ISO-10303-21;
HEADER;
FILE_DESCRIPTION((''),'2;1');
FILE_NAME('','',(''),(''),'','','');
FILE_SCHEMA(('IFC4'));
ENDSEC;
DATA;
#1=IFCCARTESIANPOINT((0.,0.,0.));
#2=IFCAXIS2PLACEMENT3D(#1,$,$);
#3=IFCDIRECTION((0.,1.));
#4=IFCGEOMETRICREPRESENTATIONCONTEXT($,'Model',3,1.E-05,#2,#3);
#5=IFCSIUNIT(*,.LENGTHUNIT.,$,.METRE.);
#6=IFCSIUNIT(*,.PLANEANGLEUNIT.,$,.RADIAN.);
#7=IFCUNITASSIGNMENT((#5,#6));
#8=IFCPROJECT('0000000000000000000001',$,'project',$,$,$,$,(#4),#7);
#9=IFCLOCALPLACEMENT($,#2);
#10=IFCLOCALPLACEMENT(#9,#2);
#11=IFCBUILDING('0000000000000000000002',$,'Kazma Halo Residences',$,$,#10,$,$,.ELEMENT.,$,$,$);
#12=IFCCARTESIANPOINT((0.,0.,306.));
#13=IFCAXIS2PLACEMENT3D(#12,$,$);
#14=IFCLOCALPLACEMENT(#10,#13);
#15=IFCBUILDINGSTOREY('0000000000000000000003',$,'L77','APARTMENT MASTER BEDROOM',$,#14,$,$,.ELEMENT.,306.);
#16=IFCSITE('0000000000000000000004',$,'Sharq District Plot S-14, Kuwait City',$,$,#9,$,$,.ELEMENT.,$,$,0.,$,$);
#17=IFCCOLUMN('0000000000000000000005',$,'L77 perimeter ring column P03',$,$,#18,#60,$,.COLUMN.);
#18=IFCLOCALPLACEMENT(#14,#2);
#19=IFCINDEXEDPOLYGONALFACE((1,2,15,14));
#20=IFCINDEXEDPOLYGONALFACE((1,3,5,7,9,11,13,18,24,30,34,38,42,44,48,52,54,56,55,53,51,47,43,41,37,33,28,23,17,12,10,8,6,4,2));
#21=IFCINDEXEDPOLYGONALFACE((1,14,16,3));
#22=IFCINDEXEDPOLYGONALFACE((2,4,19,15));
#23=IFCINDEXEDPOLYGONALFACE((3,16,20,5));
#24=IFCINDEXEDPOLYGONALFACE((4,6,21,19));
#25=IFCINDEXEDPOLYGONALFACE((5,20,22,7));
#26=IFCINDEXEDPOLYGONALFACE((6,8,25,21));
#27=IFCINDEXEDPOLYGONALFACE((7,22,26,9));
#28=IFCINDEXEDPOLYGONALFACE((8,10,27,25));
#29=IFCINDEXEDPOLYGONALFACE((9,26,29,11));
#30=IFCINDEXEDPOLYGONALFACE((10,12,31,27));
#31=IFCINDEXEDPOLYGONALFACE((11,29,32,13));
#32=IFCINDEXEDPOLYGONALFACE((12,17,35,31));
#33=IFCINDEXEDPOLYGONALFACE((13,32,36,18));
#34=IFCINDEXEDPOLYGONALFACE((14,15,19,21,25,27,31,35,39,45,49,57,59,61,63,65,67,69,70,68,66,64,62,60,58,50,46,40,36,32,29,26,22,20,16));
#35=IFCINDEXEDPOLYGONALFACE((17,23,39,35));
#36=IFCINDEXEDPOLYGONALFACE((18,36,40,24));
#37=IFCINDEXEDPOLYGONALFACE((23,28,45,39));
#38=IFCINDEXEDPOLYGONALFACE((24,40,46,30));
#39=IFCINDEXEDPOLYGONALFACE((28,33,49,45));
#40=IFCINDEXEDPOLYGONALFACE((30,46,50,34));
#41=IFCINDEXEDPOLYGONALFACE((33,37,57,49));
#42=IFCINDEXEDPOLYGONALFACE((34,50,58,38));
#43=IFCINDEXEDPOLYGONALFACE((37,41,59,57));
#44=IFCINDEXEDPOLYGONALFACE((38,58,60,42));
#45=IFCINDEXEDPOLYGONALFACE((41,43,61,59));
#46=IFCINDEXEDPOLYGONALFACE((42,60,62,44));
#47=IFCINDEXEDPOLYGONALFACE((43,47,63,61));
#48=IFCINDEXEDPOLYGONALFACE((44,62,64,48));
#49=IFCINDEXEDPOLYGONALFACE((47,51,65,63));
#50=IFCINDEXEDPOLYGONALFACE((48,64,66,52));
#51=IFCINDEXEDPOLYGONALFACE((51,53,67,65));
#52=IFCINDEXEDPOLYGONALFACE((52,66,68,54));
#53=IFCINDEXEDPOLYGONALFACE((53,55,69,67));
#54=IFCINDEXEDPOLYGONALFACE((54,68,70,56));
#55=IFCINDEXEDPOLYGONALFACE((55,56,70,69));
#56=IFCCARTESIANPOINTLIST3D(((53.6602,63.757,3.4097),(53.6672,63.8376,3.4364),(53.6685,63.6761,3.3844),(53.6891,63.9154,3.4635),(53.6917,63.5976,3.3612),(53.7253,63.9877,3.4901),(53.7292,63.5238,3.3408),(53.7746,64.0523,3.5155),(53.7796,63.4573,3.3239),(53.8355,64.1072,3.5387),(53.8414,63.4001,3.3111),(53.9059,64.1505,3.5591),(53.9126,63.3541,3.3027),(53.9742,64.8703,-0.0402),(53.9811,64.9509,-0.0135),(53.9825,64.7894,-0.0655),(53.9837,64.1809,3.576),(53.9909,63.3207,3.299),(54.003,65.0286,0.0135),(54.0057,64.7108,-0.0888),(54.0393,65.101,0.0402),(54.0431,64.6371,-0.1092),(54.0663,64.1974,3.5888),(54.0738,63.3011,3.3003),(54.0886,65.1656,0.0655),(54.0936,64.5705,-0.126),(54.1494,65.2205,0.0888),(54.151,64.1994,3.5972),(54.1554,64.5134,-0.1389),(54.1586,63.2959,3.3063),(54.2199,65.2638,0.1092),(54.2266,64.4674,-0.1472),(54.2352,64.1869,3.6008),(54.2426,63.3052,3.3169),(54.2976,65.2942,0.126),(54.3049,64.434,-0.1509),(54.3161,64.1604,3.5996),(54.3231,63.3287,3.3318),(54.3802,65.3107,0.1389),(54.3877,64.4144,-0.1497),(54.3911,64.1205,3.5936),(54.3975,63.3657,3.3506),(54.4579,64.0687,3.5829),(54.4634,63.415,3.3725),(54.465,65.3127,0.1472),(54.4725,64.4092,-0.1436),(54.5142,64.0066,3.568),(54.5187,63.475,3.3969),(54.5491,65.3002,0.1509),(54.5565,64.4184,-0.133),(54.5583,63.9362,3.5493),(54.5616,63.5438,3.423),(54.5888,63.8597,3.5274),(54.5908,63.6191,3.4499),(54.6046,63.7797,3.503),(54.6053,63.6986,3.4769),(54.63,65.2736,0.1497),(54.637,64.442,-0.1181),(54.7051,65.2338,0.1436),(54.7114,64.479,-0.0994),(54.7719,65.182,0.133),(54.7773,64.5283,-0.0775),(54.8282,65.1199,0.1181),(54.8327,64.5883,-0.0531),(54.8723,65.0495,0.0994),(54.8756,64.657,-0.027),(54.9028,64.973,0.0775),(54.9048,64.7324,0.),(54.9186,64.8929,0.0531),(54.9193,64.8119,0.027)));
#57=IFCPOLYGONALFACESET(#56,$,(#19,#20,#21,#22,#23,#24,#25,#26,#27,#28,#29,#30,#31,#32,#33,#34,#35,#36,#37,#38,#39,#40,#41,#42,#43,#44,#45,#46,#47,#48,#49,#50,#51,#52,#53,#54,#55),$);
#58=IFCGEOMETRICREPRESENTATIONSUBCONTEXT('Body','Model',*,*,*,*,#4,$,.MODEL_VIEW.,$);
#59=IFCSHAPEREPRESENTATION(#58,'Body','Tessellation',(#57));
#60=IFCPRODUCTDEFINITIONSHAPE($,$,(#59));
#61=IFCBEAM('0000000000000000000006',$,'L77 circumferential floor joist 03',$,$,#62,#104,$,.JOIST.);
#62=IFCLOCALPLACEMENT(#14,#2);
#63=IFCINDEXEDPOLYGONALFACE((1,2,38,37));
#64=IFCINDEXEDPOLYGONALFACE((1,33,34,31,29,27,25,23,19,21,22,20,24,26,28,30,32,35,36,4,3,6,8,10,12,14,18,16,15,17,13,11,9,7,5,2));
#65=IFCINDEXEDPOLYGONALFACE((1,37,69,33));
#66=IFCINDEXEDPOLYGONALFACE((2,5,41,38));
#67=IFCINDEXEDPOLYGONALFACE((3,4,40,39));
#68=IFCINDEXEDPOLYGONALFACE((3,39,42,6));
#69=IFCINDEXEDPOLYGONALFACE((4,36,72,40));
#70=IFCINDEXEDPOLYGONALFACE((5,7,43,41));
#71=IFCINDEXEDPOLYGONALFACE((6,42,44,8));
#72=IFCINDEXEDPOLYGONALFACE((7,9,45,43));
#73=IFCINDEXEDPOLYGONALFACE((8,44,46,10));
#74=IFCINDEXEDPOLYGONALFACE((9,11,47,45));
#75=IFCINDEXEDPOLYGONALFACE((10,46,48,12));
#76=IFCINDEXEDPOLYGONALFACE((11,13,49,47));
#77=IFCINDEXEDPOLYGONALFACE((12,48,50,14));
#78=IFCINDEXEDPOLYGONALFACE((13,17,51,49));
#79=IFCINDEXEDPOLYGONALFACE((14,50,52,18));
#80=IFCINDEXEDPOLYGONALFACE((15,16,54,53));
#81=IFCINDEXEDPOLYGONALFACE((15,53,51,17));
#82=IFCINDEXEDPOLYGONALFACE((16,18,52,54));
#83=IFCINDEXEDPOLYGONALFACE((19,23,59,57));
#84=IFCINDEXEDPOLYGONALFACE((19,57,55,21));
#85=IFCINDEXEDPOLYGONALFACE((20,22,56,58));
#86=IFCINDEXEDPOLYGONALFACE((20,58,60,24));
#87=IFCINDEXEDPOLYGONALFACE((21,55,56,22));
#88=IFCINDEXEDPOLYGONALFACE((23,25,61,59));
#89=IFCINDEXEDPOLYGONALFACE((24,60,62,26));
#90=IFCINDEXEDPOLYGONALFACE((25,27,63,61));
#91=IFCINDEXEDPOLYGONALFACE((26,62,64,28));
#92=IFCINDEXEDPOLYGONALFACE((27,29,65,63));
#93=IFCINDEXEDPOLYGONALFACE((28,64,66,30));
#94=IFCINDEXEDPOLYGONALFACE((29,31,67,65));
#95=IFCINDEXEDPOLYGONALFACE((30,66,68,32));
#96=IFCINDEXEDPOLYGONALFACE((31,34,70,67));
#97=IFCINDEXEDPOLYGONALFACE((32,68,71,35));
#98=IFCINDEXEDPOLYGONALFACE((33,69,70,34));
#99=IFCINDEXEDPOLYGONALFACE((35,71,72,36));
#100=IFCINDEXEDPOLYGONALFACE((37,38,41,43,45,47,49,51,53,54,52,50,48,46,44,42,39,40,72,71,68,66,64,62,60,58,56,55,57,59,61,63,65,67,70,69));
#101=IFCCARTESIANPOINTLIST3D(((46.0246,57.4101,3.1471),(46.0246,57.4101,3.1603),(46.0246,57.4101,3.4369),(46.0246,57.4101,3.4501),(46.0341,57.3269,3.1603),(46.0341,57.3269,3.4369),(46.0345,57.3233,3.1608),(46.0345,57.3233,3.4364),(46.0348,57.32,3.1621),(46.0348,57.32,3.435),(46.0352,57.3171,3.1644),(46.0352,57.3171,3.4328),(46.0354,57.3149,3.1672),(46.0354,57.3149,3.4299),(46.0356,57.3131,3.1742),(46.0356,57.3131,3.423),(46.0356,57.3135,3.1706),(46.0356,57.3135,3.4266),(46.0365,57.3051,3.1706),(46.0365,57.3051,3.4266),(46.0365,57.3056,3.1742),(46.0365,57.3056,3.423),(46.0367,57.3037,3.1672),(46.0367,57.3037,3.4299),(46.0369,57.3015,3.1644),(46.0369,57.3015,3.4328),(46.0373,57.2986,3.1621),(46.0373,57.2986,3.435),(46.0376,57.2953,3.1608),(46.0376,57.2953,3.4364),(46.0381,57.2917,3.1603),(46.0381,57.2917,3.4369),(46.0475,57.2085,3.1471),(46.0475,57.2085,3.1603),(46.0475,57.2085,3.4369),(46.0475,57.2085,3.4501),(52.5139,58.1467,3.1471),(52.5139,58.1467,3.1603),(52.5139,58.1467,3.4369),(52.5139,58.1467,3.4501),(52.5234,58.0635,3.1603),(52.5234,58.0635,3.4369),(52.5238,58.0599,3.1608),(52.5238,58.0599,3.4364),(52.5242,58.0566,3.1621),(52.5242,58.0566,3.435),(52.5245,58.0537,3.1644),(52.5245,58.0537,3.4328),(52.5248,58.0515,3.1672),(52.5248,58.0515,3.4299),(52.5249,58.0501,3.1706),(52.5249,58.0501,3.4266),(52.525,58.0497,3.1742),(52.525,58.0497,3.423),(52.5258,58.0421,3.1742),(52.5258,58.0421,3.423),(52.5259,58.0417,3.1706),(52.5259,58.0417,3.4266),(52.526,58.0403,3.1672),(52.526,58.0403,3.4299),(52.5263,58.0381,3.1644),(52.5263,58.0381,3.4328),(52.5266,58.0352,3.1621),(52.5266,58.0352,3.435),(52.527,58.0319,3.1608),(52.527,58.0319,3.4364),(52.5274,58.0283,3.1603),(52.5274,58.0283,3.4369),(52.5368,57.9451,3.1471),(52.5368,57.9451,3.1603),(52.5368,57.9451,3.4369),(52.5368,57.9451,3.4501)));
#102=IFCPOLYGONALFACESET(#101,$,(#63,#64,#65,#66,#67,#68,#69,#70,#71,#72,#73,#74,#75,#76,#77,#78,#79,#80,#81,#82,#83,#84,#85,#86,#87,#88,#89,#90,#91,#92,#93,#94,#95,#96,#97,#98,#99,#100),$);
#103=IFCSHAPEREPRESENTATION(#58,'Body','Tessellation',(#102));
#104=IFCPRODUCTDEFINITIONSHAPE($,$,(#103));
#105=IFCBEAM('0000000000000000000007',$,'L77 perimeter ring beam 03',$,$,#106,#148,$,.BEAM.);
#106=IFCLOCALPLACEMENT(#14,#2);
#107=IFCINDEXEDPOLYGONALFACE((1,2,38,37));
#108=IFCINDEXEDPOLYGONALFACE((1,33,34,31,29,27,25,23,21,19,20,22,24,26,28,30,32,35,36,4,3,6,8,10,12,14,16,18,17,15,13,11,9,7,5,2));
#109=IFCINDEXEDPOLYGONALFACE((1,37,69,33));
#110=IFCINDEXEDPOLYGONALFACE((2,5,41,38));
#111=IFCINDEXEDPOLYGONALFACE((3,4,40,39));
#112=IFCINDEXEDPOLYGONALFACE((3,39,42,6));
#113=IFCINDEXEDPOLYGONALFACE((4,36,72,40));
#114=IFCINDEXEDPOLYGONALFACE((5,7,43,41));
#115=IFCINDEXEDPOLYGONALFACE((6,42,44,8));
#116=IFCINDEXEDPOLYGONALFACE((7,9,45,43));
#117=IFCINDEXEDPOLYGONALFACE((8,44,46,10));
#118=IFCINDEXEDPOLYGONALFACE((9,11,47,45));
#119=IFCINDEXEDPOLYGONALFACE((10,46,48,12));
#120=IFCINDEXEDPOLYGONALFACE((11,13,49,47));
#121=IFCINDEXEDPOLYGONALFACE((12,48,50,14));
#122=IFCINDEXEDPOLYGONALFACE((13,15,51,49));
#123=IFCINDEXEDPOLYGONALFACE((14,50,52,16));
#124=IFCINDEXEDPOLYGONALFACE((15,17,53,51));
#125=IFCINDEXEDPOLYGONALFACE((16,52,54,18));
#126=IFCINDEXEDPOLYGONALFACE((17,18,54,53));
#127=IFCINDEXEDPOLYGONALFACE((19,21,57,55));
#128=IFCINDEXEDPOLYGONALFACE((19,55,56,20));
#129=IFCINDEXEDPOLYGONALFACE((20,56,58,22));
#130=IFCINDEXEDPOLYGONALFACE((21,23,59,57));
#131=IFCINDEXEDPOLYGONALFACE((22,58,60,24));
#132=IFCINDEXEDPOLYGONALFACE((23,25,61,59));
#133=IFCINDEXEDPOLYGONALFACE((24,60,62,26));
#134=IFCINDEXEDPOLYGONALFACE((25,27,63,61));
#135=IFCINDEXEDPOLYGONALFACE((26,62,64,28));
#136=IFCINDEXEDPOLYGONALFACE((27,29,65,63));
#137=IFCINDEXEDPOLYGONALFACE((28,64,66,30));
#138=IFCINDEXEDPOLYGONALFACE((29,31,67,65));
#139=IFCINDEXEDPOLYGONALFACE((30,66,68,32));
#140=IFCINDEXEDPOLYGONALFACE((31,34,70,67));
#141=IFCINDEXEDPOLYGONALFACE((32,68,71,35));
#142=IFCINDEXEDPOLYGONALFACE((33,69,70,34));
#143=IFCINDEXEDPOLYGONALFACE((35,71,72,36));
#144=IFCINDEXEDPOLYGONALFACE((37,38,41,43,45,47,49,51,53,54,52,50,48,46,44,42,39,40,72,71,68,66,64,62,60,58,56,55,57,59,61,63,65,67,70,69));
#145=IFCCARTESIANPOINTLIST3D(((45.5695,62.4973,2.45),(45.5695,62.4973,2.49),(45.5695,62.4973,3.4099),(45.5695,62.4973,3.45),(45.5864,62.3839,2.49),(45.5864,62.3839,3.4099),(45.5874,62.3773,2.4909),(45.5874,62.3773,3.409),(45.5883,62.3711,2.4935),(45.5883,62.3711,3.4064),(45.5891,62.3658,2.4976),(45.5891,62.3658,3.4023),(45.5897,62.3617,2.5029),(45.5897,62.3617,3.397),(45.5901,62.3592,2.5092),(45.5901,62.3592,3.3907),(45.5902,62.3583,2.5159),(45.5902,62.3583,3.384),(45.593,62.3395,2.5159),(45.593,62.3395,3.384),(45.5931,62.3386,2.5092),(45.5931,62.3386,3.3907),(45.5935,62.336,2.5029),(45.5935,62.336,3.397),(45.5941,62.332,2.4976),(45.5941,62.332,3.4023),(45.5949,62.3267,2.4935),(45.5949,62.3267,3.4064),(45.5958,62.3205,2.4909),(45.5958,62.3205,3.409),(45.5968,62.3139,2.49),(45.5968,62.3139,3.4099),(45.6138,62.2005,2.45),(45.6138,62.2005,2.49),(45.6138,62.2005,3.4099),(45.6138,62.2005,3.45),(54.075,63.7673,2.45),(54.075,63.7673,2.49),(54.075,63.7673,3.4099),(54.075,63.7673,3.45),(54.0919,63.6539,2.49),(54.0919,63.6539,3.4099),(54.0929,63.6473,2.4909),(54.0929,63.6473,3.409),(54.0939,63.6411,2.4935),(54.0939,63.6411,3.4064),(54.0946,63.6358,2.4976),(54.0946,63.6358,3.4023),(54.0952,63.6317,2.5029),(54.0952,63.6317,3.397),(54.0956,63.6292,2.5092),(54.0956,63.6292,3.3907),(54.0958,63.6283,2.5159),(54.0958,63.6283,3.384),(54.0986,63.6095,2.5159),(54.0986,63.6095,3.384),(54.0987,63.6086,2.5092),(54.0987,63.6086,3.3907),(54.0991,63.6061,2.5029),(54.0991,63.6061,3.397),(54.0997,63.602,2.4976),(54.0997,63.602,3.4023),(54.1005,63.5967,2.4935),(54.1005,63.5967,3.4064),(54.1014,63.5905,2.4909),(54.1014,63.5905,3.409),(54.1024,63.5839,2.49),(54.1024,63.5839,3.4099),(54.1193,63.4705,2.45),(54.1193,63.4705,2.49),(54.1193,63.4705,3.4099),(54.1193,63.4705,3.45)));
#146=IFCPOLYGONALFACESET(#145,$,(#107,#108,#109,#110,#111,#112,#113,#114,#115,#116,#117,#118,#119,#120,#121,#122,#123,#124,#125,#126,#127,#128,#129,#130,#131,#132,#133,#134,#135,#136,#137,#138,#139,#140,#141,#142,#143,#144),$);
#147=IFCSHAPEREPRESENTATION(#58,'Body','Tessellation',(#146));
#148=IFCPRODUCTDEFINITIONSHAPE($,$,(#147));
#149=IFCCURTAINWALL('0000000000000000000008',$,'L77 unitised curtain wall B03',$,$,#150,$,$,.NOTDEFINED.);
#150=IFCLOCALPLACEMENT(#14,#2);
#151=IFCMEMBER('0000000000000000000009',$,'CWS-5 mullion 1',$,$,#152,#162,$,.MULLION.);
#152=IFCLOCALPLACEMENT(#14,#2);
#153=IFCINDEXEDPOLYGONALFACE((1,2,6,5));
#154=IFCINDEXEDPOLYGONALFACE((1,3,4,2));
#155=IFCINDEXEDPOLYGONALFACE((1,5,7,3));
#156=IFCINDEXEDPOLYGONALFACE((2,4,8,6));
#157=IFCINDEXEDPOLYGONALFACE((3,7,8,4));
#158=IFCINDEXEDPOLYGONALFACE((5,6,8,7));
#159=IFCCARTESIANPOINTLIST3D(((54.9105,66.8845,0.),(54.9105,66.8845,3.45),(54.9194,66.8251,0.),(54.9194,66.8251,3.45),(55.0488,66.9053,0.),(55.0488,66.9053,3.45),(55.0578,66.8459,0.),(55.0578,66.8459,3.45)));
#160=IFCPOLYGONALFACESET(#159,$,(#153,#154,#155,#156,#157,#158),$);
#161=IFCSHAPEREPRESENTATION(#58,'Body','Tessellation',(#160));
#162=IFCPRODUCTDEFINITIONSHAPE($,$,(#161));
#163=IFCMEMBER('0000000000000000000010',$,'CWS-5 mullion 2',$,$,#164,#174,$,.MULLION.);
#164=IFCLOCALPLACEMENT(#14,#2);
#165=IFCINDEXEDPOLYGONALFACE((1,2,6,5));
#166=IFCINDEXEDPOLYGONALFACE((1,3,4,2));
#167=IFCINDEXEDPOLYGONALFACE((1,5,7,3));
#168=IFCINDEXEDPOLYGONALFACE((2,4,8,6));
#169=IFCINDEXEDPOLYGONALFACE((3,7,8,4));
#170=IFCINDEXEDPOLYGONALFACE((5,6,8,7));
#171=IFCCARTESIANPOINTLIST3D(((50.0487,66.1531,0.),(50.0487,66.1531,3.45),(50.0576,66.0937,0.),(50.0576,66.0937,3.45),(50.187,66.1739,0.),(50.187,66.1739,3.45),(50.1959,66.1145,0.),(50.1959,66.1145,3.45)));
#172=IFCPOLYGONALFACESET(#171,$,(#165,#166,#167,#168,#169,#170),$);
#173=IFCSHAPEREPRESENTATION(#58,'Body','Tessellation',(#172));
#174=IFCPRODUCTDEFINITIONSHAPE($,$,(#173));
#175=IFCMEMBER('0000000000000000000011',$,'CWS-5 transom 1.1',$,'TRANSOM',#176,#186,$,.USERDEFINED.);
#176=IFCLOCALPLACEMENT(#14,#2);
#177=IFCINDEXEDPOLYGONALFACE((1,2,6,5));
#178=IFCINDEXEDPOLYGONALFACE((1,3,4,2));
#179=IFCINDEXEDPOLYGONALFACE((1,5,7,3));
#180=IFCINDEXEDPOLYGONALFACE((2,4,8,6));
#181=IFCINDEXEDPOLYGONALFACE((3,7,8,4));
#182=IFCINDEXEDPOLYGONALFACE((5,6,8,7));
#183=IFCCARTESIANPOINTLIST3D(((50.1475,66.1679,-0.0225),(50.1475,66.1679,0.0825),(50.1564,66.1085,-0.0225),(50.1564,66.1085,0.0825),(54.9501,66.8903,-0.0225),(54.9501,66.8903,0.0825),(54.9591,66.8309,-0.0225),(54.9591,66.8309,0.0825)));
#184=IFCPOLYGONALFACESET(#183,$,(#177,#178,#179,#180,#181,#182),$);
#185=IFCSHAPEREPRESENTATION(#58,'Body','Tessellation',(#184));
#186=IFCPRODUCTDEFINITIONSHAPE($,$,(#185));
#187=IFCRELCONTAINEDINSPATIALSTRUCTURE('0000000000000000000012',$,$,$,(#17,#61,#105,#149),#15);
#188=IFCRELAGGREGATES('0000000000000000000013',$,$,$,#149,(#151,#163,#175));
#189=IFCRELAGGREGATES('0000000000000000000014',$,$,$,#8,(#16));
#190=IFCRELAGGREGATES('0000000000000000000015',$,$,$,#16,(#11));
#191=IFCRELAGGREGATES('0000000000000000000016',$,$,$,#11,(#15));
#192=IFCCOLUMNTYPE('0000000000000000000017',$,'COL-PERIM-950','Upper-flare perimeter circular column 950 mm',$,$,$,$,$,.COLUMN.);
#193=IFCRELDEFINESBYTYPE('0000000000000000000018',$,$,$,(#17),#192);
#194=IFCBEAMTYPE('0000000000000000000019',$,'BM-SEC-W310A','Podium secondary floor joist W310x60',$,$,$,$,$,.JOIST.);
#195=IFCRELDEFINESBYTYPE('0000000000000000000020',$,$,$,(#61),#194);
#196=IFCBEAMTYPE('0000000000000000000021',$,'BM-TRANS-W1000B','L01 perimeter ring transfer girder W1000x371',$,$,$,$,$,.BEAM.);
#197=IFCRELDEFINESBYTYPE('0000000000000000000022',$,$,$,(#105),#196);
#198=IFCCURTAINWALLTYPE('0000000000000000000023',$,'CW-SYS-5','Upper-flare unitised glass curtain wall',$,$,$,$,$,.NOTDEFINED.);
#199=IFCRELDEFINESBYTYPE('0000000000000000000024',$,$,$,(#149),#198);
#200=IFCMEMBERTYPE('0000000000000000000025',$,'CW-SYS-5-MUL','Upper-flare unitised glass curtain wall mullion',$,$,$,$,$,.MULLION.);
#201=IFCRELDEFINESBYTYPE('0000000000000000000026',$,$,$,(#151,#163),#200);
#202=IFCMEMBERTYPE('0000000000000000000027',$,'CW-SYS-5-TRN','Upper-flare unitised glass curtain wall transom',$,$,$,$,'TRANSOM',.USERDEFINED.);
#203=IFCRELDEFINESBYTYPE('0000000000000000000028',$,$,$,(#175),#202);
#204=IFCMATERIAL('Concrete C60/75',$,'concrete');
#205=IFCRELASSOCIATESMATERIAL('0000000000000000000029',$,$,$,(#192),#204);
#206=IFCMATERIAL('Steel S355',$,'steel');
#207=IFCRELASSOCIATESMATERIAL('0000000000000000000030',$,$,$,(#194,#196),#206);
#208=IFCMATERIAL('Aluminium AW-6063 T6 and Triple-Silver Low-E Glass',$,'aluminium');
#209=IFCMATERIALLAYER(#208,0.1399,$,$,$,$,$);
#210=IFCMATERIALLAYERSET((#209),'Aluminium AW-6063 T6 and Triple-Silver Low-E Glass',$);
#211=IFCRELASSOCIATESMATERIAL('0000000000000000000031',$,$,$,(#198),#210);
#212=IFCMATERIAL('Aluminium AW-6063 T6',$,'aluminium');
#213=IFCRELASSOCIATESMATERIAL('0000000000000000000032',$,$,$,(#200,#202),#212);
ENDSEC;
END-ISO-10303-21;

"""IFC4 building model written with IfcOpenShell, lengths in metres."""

from ifc_helpers import new_model, si_unit, direction, frame, origin, origin_2d, place, context, subcontext, project, spatial, rectangle, circle, i_section, extrude, material, layer, layer_set, material_profile, profile_set, type_object, element, aggregate, save


model = new_model("IFC4")

# Units and contexts
model_context = context("Model", 3, precision=1e-05, world=origin(), true_north=direction((0.0, 1.0)))
body_context = subcontext(model_context, "Body", "Model", "MODEL_VIEW")
ifc_project = project(units=[si_unit("LENGTHUNIT", "METRE"), si_unit("PLANEANGLEUNIT", "RADIAN")], contexts=[model_context])

# Site, building, storey
site_placement = place(None, origin())
site = spatial("IfcSite", under=ifc_project, at=site_placement, Name="Sharq District Plot S-14, Kuwait City", CompositionType="ELEMENT", RefElevation=0.0)
building_placement = place(site_placement, origin())
building = spatial("IfcBuilding", under=site, at=building_placement, Name="Kazma Halo Residences", CompositionType="ELEMENT")
storey_placement = place(building_placement, frame((0.0, 0.0, 306.0)))
storey = spatial("IfcBuildingStorey", under=building, at=storey_placement, Name="L77", Description="APARTMENT MASTER BEDROOM", CompositionType="ELEMENT", Elevation=306.0)

# Column
ifc_material_1 = material(Name="Concrete C60/75", Category="concrete")
ifc_material_profile_1 = material_profile(ifc_material_1, circle(Radius=0.4751, at=origin_2d()), Name="CIRC950")
ifc_profile_set_1 = profile_set([ifc_material_profile_1], Name="Concrete C60/75")
column_type = type_object("IfcColumnType", Name="COL-PERIM-950", Description="Upper-flare perimeter circular column 950 mm", PredefinedType="COLUMN", material=ifc_profile_set_1)
column_placement = place(storey_placement, frame((54.4475, 64.8613, 0.0), z_axis=(-0.086285, -0.305956, 0.948128), x_axis=(0.962458, -0.27143, 0.0)))
element("IfcColumn", 1, at=column_placement, inside=storey, type_object=column_type, Name="L77 perimeter ring column P03", PredefinedType="COLUMN", context=body_context, shape_type="SweptSolid", body=[
    extrude(circle(Radius=0.4751, at=origin_2d()), origin(), (0.0, 0.0, 1.0), 3.6387),
])

# Beams
ifc_material_2 = material(Name="Steel S355", Category="steel")
ifc_material_profile_2 = material_profile(ifc_material_2, i_section(OverallWidth=0.2029, OverallDepth=0.303, WebThickness=0.0076, FlangeThickness=0.0132, FilletRadius=0.0139, at=origin_2d()), Name="W310x60")
ifc_profile_set_2 = profile_set([ifc_material_profile_2], Name="Steel S355")
beam_type_1 = type_object("IfcBeamType", Name="BM-SEC-W310A", Description="Podium secondary floor joist W310x60", PredefinedType="JOIST", material=ifc_profile_set_2)
beam_1_placement = place(storey_placement, frame((52.5254, 58.0459, 3.2986), z_axis=(-0.99362, -0.112782, 0.0), x_axis=(0.112782, -0.99362, 0.0)))
element("IfcBeam", 2, at=beam_1_placement, inside=storey, type_object=beam_type_1, Name="L77 circumferential floor joist 03", PredefinedType="JOIST", context=body_context, shape_type="SweptSolid", body=[
    extrude(i_section(OverallWidth=0.2029, OverallDepth=0.303, WebThickness=0.0076, FlangeThickness=0.0132, FilletRadius=0.0139, at=origin_2d()), origin(), (0.0, 0.0, 1.0), 6.531),
])
ifc_material_profile_3 = material_profile(ifc_material_2, i_section(OverallWidth=0.3, OverallDepth=1.0, WebThickness=0.019, FlangeThickness=0.04, FilletRadius=0.0259, at=origin_2d()), Name="W1000x371")
ifc_profile_set_3 = profile_set([ifc_material_profile_3], Name="Steel S355")
beam_type_2 = type_object("IfcBeamType", Name="BM-TRANS-W1000B", Description="L01 perimeter ring transfer girder W1000x371", PredefinedType="BEAM", material=ifc_profile_set_3)
beam_2_placement = place(storey_placement, frame((54.0972, 63.6189, 2.95), z_axis=(-0.989035, -0.147678, 0.0), x_axis=(0.147678, -0.989035, 0.0)))
element("IfcBeam", 3, at=beam_2_placement, inside=storey, type_object=beam_type_2, Name="L77 perimeter ring beam 03", PredefinedType="BEAM", context=body_context, shape_type="SweptSolid", body=[
    extrude(i_section(OverallWidth=0.3, OverallDepth=1.0, WebThickness=0.019, FlangeThickness=0.04, FilletRadius=0.0259, at=origin_2d()), origin(), (0.0, 0.0, 1.0), 8.5999),
])

# Curtain wall, members
ifc_material_3 = material(Name="Aluminium AW-6063 T6 and Triple-Silver Low-E Glass", Category="aluminium")
ifc_layer_1 = layer(ifc_material_3, 0.1399)
ifc_layer_set_1 = layer_set([ifc_layer_1], Name="Aluminium AW-6063 T6 and Triple-Silver Low-E Glass")
curtain_wall_type = type_object("IfcCurtainWallType", Name="CW-SYS-5", Description="Upper-flare unitised glass curtain wall", PredefinedType="NOTDEFINED", material=ifc_layer_set_1)
curtain_wall_placement = place(storey_placement, origin())
curtain_wall = element("IfcCurtainWall", 4, at=curtain_wall_placement, inside=storey, type_object=curtain_wall_type, Name="L77 unitised curtain wall B03", PredefinedType="NOTDEFINED")
ifc_material_4 = material(Name="Aluminium AW-6063 T6", Category="aluminium")
ifc_material_profile_4 = material_profile(ifc_material_4, rectangle(XDim=0.0601, YDim=0.1399, at=origin_2d()), Name="CWM-60x140")
ifc_profile_set_4 = profile_set([ifc_material_profile_4], Name="Aluminium AW-6063 T6")
member_type_1 = type_object("IfcMemberType", Name="CW-SYS-5-MUL", Description="Upper-flare unitised glass curtain wall mullion", PredefinedType="MULLION", material=ifc_profile_set_4)
member_1_placement = place(storey_placement, frame((54.9841, 66.8652, 0.0), z_axis=(0.0, 0.0, 1.0), x_axis=(0.148748, -0.988875, 0.0)))
member_1 = element("IfcMember", 5, at=member_1_placement, type_object=member_type_1, Name="CWS-5 mullion 1", PredefinedType="MULLION", context=body_context, shape_type="SweptSolid", body=[
    extrude(rectangle(XDim=0.0601, YDim=0.1399, at=origin_2d()), origin(), (0.0, 0.0, 1.0), 3.45),
])
member_2_placement = place(storey_placement, frame((50.1223, 66.1338, 0.0), z_axis=(0.0, 0.0, 1.0), x_axis=(0.148748, -0.988875, 0.0)))
member_2 = element("IfcMember", 6, at=member_2_placement, type_object=member_type_1, Name="CWS-5 mullion 2", PredefinedType="MULLION", context=body_context, shape_type="SweptSolid", body=[
    extrude(rectangle(XDim=0.0601, YDim=0.1399, at=origin_2d()), origin(), (0.0, 0.0, 1.0), 3.45),
])
ifc_material_profile_5 = material_profile(ifc_material_4, rectangle(XDim=0.0601, YDim=0.105, at=origin_2d()), Name="CWT-60x105")
ifc_profile_set_5 = profile_set([ifc_material_profile_5], Name="Aluminium AW-6063 T6")
member_type_2 = type_object("IfcMemberType", Name="CW-SYS-5-TRN", Description="Upper-flare unitised glass curtain wall transom", ElementType="TRANSOM", PredefinedType="USERDEFINED", material=ifc_profile_set_5)
member_3_placement = place(storey_placement, frame((54.9546, 66.8606, 0.03), z_axis=(-0.988876, -0.148744, 0.0), x_axis=(0.148744, -0.988876, 0.0)))
member_3 = element("IfcMember", 7, at=member_3_placement, type_object=member_type_2, Name="CWS-5 transom 1.1", ObjectType="TRANSOM", PredefinedType="USERDEFINED", context=body_context, shape_type="SweptSolid", body=[
    extrude(rectangle(XDim=0.0601, YDim=0.105, at=origin_2d()), origin(), (0.0, 0.0, 1.0), 4.8567),
])
aggregate(curtain_wall, [member_1, member_2, member_3])

save(model, "model.ifc")
